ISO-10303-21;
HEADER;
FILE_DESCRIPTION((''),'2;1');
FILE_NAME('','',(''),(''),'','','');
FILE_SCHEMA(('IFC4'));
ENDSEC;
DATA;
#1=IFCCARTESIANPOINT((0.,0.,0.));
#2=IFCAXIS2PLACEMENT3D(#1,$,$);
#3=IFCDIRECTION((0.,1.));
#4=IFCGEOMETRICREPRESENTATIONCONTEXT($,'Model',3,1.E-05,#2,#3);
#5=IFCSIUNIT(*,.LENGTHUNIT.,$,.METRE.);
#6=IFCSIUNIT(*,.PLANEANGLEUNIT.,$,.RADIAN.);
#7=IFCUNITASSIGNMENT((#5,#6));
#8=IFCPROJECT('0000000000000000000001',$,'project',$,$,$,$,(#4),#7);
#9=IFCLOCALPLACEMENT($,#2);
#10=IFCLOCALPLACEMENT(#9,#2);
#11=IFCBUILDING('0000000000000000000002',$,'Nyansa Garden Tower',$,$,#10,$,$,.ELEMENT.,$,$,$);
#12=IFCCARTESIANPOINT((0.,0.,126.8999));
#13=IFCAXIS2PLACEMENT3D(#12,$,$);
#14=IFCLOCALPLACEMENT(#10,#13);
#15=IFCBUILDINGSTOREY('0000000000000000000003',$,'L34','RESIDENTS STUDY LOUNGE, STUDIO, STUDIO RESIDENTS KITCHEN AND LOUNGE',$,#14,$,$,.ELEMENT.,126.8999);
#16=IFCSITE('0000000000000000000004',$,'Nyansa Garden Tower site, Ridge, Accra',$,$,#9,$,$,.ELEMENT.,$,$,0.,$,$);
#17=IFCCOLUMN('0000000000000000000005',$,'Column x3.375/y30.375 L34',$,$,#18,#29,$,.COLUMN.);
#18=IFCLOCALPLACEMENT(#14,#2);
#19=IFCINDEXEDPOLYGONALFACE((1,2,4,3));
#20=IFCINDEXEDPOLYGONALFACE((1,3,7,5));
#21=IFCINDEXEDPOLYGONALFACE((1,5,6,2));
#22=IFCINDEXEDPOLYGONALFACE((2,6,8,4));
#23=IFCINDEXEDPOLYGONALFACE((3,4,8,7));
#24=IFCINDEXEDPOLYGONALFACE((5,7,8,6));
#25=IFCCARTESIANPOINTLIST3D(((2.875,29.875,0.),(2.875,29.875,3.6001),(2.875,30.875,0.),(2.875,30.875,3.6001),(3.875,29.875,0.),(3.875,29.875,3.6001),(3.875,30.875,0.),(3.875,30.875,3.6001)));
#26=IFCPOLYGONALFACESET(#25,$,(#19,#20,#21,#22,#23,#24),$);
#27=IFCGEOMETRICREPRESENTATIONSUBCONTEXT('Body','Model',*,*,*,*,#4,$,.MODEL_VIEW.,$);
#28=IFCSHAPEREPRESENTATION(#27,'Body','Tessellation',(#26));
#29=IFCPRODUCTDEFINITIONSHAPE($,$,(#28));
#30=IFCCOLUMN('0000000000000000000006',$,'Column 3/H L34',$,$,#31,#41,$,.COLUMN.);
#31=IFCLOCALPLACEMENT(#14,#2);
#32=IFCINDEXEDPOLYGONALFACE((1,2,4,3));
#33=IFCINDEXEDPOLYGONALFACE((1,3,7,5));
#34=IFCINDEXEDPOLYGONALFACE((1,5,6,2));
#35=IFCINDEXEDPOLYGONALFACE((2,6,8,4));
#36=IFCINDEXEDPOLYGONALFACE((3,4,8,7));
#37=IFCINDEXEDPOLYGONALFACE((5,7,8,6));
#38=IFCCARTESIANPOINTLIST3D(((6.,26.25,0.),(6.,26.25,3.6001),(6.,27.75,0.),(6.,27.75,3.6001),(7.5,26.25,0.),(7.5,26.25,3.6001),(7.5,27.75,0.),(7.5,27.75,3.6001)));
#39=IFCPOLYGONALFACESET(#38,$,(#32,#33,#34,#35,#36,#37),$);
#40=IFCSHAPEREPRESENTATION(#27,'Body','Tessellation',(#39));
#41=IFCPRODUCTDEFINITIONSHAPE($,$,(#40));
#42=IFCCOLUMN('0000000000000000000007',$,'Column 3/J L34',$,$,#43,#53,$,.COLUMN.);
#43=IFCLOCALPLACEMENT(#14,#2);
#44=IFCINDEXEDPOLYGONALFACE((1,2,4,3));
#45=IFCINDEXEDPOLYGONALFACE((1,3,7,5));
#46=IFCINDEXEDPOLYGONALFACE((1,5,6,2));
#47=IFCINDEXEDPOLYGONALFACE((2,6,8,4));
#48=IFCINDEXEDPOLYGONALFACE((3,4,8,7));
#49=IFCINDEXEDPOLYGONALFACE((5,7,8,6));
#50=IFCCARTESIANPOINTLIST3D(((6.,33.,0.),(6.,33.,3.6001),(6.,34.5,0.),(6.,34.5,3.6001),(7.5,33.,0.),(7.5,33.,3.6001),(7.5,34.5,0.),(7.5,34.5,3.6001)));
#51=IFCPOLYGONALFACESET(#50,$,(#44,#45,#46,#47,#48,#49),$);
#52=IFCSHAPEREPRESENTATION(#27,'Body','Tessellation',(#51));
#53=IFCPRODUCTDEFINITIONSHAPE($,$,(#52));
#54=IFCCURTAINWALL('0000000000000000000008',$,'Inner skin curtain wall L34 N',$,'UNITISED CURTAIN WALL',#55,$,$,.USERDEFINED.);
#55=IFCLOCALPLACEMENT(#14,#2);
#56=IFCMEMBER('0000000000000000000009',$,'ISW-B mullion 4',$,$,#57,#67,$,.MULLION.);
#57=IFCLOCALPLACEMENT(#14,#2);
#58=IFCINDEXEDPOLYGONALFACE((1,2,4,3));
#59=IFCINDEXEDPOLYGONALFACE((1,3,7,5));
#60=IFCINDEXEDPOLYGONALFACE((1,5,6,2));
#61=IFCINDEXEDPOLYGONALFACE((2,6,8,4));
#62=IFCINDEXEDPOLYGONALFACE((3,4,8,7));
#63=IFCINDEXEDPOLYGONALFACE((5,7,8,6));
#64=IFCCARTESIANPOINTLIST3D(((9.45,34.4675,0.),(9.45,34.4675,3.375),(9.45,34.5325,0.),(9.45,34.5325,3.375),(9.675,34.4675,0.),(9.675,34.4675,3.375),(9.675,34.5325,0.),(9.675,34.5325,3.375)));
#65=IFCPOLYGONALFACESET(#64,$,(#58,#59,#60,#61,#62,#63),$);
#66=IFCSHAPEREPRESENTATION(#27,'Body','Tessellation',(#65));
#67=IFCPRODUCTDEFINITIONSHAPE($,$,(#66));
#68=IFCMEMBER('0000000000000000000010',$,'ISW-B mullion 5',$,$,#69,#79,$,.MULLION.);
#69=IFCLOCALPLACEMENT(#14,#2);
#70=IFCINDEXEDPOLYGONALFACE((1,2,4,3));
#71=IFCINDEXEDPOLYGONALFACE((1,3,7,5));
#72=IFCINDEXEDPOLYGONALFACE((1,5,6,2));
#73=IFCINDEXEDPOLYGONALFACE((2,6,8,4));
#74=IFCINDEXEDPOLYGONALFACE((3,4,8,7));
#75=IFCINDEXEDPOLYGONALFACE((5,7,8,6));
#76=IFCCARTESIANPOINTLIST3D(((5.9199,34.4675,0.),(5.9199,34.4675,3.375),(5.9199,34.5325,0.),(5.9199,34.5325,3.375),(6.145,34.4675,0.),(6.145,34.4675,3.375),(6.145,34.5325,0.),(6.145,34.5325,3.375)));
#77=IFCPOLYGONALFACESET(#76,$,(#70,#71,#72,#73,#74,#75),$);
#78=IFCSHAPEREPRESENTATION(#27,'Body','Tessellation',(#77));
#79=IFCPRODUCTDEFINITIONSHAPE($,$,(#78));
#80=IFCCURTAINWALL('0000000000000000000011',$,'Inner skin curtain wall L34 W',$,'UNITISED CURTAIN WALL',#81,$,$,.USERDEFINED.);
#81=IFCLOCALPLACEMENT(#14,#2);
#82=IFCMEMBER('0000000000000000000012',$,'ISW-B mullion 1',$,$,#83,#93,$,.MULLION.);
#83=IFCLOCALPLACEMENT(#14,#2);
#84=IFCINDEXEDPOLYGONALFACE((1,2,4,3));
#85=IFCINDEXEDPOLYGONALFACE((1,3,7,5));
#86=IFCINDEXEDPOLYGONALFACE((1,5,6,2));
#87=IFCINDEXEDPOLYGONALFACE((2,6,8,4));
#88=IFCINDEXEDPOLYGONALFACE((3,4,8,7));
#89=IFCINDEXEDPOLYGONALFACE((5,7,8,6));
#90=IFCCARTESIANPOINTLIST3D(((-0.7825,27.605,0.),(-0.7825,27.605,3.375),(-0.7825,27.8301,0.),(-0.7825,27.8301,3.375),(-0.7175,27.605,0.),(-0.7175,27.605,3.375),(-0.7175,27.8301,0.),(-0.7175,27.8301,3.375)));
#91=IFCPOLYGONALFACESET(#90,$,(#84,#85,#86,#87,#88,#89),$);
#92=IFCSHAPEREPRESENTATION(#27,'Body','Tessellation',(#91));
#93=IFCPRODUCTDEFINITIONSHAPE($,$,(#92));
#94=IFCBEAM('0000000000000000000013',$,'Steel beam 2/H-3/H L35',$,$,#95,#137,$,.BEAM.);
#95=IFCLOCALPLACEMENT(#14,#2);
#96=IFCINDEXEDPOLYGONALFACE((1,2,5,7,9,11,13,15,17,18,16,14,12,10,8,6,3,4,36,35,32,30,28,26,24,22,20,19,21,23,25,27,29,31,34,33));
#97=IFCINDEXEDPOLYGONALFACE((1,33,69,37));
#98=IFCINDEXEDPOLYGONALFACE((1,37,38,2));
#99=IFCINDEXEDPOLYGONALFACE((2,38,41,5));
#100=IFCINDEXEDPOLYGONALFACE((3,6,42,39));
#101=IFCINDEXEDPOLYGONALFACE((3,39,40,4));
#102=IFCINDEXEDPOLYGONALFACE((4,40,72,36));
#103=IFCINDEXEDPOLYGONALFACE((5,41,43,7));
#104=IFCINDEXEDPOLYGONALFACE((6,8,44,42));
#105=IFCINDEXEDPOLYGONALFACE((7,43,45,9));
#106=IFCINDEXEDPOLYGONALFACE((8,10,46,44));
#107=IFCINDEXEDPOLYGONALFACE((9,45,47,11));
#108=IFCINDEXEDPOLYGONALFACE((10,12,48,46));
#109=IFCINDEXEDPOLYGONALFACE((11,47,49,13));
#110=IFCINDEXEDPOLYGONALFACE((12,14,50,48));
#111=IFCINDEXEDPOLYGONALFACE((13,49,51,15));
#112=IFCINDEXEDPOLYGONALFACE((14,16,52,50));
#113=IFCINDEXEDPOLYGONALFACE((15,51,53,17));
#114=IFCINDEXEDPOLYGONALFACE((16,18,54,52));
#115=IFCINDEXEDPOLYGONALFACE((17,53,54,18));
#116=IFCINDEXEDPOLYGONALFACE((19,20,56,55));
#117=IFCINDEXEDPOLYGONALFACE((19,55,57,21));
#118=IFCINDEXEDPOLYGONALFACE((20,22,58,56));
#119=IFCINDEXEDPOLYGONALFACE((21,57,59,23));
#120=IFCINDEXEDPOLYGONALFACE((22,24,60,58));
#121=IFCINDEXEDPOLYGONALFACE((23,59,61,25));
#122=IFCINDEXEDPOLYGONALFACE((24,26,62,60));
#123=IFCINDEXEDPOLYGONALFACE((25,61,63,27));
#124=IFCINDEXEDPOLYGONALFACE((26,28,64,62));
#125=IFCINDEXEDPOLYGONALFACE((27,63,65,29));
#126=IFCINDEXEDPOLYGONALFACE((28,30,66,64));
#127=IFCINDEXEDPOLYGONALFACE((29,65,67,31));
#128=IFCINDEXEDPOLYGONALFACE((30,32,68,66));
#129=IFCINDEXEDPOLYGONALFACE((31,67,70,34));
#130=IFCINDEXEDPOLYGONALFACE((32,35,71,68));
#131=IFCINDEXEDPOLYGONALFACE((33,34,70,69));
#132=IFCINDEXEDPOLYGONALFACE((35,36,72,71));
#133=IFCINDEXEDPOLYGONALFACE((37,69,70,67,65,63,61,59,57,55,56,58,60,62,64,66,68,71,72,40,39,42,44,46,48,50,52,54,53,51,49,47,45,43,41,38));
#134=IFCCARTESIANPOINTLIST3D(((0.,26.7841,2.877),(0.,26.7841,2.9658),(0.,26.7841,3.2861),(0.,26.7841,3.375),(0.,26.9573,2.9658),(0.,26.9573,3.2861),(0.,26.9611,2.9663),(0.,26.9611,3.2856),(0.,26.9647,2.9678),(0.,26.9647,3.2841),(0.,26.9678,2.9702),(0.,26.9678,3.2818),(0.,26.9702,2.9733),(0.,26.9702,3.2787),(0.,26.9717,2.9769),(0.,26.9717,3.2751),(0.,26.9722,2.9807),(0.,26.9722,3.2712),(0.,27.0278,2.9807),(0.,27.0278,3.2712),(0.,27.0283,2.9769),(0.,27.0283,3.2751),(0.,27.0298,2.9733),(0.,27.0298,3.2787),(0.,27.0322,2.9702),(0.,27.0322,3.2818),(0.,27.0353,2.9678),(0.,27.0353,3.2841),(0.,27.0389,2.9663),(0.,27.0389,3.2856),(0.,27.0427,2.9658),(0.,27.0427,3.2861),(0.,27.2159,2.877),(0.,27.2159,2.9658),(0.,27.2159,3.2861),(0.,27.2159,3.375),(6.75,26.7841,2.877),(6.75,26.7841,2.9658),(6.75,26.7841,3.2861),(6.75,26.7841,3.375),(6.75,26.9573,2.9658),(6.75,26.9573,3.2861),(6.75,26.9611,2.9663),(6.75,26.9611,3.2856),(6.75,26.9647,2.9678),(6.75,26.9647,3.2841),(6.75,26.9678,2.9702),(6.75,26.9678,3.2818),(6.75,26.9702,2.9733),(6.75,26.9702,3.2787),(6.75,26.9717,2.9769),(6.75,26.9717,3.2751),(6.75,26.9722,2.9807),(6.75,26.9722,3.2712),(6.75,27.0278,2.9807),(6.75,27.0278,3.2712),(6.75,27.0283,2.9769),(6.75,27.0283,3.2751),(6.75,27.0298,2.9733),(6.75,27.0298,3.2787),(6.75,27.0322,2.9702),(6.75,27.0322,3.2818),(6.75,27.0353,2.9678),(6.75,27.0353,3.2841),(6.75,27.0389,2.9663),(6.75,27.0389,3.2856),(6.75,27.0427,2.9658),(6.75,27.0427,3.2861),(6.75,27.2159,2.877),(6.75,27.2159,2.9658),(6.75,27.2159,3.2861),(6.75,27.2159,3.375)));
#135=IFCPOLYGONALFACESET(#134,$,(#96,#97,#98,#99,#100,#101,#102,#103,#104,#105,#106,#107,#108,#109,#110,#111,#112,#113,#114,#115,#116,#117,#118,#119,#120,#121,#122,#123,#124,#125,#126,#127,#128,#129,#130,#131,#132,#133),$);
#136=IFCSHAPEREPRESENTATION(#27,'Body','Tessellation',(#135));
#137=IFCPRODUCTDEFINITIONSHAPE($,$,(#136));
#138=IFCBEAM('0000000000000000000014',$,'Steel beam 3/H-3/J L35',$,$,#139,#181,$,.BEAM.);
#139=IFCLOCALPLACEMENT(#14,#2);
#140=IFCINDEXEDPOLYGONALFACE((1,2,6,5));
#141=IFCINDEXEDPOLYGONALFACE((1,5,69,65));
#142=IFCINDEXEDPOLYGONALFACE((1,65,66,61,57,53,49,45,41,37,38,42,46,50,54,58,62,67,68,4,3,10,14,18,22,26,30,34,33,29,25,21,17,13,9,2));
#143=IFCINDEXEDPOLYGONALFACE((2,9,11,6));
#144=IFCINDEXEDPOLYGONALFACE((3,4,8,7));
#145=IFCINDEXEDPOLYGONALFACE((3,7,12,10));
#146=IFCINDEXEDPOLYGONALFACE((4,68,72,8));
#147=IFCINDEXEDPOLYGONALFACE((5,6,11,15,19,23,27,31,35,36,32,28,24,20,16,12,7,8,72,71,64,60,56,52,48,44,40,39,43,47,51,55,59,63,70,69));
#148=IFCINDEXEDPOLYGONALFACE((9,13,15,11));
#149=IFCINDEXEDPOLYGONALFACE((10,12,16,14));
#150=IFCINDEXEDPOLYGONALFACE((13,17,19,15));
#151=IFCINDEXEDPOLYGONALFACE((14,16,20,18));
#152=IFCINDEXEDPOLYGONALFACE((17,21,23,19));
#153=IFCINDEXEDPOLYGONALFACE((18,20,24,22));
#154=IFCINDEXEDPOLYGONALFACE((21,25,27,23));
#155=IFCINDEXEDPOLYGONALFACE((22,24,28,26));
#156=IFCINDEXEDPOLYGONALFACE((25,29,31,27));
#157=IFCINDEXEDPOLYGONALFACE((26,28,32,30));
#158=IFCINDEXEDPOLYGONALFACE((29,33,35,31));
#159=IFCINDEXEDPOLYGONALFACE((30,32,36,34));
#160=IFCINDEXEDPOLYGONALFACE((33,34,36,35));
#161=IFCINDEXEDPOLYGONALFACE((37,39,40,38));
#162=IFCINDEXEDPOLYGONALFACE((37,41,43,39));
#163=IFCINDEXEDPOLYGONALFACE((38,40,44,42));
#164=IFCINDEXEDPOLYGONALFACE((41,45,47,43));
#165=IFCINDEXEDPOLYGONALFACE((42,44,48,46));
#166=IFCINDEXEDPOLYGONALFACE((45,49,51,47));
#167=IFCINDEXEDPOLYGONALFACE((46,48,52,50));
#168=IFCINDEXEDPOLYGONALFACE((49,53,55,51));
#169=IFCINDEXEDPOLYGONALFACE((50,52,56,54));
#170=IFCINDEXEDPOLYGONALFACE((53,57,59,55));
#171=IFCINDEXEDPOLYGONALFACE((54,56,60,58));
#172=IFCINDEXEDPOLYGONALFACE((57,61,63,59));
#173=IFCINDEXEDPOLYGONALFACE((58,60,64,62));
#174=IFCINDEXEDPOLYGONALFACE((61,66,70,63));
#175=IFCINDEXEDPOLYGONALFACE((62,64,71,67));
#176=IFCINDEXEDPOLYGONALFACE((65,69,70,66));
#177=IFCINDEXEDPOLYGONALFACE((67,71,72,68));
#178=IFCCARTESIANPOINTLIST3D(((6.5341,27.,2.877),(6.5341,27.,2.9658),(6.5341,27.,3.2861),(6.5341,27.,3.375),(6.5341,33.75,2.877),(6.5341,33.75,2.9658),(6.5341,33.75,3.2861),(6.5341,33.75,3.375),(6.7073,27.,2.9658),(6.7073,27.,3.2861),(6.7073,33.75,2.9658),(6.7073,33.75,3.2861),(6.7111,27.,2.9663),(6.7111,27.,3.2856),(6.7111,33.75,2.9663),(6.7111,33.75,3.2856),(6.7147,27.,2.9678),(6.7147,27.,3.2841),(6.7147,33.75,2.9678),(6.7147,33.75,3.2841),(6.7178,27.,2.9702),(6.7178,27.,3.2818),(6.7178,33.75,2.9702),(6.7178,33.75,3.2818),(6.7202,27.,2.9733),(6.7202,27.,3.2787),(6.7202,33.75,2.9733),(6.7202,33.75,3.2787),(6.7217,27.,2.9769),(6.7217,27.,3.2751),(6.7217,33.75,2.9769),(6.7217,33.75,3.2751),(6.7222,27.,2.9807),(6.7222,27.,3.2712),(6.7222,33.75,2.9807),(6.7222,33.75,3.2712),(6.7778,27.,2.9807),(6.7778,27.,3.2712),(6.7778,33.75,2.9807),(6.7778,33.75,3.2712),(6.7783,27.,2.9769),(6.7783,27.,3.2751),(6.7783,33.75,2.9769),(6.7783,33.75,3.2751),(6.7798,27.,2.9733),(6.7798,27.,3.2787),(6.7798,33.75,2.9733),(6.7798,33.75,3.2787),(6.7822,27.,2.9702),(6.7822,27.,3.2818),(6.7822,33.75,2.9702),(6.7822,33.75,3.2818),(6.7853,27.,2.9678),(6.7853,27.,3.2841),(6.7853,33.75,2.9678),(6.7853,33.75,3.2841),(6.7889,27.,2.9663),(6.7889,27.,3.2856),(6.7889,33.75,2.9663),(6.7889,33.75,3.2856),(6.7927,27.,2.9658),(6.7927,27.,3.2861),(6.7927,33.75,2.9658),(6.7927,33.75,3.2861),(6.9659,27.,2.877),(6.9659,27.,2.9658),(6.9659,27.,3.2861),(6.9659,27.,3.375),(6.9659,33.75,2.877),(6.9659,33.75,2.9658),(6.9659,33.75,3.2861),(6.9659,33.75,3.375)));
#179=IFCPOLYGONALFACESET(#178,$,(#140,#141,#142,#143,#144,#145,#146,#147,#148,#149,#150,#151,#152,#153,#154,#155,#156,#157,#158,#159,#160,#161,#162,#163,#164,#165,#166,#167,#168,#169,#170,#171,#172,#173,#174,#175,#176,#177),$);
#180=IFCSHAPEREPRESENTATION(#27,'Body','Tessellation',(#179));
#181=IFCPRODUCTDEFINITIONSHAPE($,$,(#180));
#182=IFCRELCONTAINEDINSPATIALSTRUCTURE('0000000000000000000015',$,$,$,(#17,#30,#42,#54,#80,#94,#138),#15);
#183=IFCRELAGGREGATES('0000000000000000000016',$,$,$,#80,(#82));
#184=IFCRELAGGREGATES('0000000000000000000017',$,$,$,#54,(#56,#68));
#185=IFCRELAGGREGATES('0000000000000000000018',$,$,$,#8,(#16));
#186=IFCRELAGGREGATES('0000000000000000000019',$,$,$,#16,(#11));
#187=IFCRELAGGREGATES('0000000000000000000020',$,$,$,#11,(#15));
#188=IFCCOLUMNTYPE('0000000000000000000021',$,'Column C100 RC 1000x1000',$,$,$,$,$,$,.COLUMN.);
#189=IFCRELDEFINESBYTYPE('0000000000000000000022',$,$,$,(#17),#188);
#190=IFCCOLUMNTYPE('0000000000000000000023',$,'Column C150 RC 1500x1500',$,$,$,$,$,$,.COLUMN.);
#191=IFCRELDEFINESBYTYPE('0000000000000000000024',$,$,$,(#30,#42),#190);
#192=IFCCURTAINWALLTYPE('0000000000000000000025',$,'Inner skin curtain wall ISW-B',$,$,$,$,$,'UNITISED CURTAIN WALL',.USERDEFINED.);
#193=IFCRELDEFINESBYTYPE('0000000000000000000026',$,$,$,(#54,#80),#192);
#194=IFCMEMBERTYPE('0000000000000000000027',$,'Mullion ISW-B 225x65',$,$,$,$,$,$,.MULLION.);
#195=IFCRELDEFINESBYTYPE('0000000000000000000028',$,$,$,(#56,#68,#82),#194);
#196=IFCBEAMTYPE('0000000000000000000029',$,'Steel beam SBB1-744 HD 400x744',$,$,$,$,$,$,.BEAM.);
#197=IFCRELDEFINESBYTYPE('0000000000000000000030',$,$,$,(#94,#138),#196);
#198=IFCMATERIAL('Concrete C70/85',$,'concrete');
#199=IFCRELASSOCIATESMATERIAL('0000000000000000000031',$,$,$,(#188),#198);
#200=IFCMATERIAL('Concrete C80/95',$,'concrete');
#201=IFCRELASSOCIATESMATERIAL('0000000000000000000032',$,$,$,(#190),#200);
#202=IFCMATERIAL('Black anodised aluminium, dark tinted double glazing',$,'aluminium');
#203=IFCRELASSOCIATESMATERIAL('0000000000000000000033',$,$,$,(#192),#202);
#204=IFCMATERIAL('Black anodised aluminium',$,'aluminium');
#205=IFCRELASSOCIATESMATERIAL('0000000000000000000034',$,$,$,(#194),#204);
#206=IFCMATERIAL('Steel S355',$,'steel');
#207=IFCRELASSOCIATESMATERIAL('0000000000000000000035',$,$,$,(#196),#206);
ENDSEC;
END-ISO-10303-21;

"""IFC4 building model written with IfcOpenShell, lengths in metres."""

from ifc_helpers import new_model, si_unit, direction, frame, origin, origin_2d, place, context, subcontext, project, spatial, rectangle, i_section, extrude, material, material_profile, profile_set, type_object, element, aggregate, save


model = new_model("IFC4")

# Units and contexts
model_context = context("Model", 3, precision=1e-05, world=origin(), true_north=direction((0.0, 1.0)))
body_context = subcontext(model_context, "Body", "Model", "MODEL_VIEW")
ifc_project = project(units=[si_unit("LENGTHUNIT", "METRE"), si_unit("PLANEANGLEUNIT", "RADIAN")], contexts=[model_context])

# Site, building, storey
site_placement = place(None, origin())
site = spatial("IfcSite", under=ifc_project, at=site_placement, Name="Nyansa Garden Tower site, Ridge, Accra", CompositionType="ELEMENT", RefElevation=0.0)
building_placement = place(site_placement, origin())
building = spatial("IfcBuilding", under=site, at=building_placement, Name="Nyansa Garden Tower", CompositionType="ELEMENT")
storey_placement = place(building_placement, frame((0.0, 0.0, 126.8999)))
storey = spatial("IfcBuildingStorey", under=building, at=storey_placement, Name="L34", Description="RESIDENTS STUDY LOUNGE, STUDIO, STUDIO RESIDENTS KITCHEN AND LOUNGE", CompositionType="ELEMENT", Elevation=126.8999)

# Columns
ifc_material_1 = material(Name="Concrete C70/85", Category="concrete")
ifc_material_profile_1 = material_profile(ifc_material_1, rectangle(XDim=1.0, YDim=1.0, at=origin_2d()), Name="RC 1000x1000")
ifc_profile_set_1 = profile_set([ifc_material_profile_1], Name="Concrete C70/85")
column_type_1 = type_object("IfcColumnType", Name="Column C100 RC 1000x1000", PredefinedType="COLUMN", material=ifc_profile_set_1)
column_placement = place(storey_placement, frame((3.375, 30.375, 0.0), z_axis=(0.0, 0.0, 1.0), x_axis=(1.0, 0.0, 0.0)))
element("IfcColumn", 1, at=column_placement, inside=storey, type_object=column_type_1, Name="Column x3.375/y30.375 L34", PredefinedType="COLUMN", context=body_context, shape_type="SweptSolid", body=[
    extrude(rectangle(XDim=1.0, YDim=1.0, at=origin_2d()), origin(), (0.0, 0.0, 1.0), 3.6001),
])
ifc_material_2 = material(Name="Concrete C80/95", Category="concrete")
ifc_material_profile_2 = material_profile(ifc_material_2, rectangle(XDim=1.5, YDim=1.5, at=origin_2d()), Name="RC 1500x1500")
ifc_profile_set_2 = profile_set([ifc_material_profile_2], Name="Concrete C80/95")
column_type_2 = type_object("IfcColumnType", Name="Column C150 RC 1500x1500", PredefinedType="COLUMN", material=ifc_profile_set_2)
for number, where, z_axis, x_axis, name in (
    (2, (6.75, 27.0, 0.0), (0.0, 0.0, 1.0), (1.0, 0.0, 0.0), "Column 3/H L34"),
    (3, (6.75, 33.75, 0.0), (0.0, 0.0, 1.0), (1.0, 0.0, 0.0), "Column 3/J L34"),
):
    element("IfcColumn", number, at=place(storey_placement, frame(where, z_axis=z_axis, x_axis=x_axis)), inside=storey, type_object=column_type_2, Name=name, PredefinedType="COLUMN", context=body_context, shape_type="SweptSolid", body=[
        extrude(rectangle(XDim=1.5, YDim=1.5, at=origin_2d()), origin(), (0.0, 0.0, 1.0), 3.6001),
    ])

# Curtain wall, members
ifc_material_3 = material(Name="Black anodised aluminium, dark tinted double glazing", Category="aluminium")
curtain_wall_type = type_object("IfcCurtainWallType", Name="Inner skin curtain wall ISW-B", ElementType="UNITISED CURTAIN WALL", PredefinedType="USERDEFINED", material=ifc_material_3)
curtain_wall_1_placement = place(storey_placement, origin())
curtain_wall_1 = element("IfcCurtainWall", 4, at=curtain_wall_1_placement, inside=storey, type_object=curtain_wall_type, Name="Inner skin curtain wall L34 N", ObjectType="UNITISED CURTAIN WALL", PredefinedType="USERDEFINED")
ifc_material_4 = material(Name="Black anodised aluminium", Category="aluminium")
ifc_material_profile_3 = material_profile(ifc_material_4, rectangle(XDim=0.0649, YDim=0.2251, at=origin_2d()), Name="Mullion 225x65")
ifc_profile_set_3 = profile_set([ifc_material_profile_3], Name="Black anodised aluminium")
member_type_1 = type_object("IfcMemberType", Name="Mullion ISW-B 225x65", PredefinedType="MULLION", material=ifc_profile_set_3)
member_1_placement = place(storey_placement, frame((9.5625, 34.5, 0.0), z_axis=(0.0, 0.0, 1.0), x_axis=(0.0, -1.0, 0.0)))
member_1 = element("IfcMember", 5, at=member_1_placement, type_object=member_type_1, Name="ISW-B mullion 4", PredefinedType="MULLION", context=body_context, shape_type="SweptSolid", body=[
    extrude(rectangle(XDim=0.0649, YDim=0.2251, at=origin_2d()), origin(), (0.0, 0.0, 1.0), 3.375),
])
member_2_placement = place(storey_placement, frame((6.0325, 34.5, 0.0), z_axis=(0.0, 0.0, 1.0), x_axis=(0.0, -1.0, 0.0)))
member_2 = element("IfcMember", 6, at=member_2_placement, type_object=member_type_1, Name="ISW-B mullion 5", PredefinedType="MULLION", context=body_context, shape_type="SweptSolid", body=[
    extrude(rectangle(XDim=0.0649, YDim=0.2251, at=origin_2d()), origin(), (0.0, 0.0, 1.0), 3.375),
])

# Curtain wall, member
curtain_wall_2_placement = place(storey_placement, origin())
curtain_wall_2 = element("IfcCurtainWall", 7, at=curtain_wall_2_placement, inside=storey, type_object=curtain_wall_type, Name="Inner skin curtain wall L34 W", ObjectType="UNITISED CURTAIN WALL", PredefinedType="USERDEFINED")
member_3_placement = place(storey_placement, frame((-0.75, 27.7175, 0.0), z_axis=(0.0, 0.0, 1.0), x_axis=(1.0, 0.0, 0.0)))
member_3 = element("IfcMember", 8, at=member_3_placement, type_object=member_type_1, Name="ISW-B mullion 1", PredefinedType="MULLION", context=body_context, shape_type="SweptSolid", body=[
    extrude(rectangle(XDim=0.0649, YDim=0.2251, at=origin_2d()), origin(), (0.0, 0.0, 1.0), 3.375),
])

# Beams
ifc_material_5 = material(Name="Steel S355", Category="steel")
ifc_material_profile_4 = material_profile(ifc_material_5, i_section(OverallWidth=0.4319, OverallDepth=0.498, WebThickness=0.0557, FlangeThickness=0.0889, FilletRadius=0.0149, at=origin_2d()), Name="HD 400x744")
ifc_profile_set_4 = profile_set([ifc_material_profile_4], Name="Steel S355")
beam_type_1 = type_object("IfcBeamType", Name="Steel beam SBB1-744 HD 400x744", PredefinedType="BEAM", material=ifc_profile_set_4)
for number, where, z_axis, x_axis, name in (
    (9, (0.0, 27.0, 3.126), (1.0, 0.0, 0.0), (0.0, 1.0, 0.0), "Steel beam 2/H-3/H L35"),
    (10, (6.75, 27.0, 3.126), (0.0, 1.0, 0.0), (-1.0, 0.0, 0.0), "Steel beam 3/H-3/J L35"),
):
    element("IfcBeam", number, at=place(storey_placement, frame(where, z_axis=z_axis, x_axis=x_axis)), inside=storey, type_object=beam_type_1, Name=name, PredefinedType="BEAM", context=body_context, shape_type="SweptSolid", body=[
        extrude(i_section(OverallWidth=0.4319, OverallDepth=0.498, WebThickness=0.0557, FlangeThickness=0.0889, FilletRadius=0.0149, at=origin_2d()), origin(), (0.0, 0.0, 1.0), 6.75),
    ])

aggregate(curtain_wall_2, [member_3])

aggregate(curtain_wall_1, [member_1, member_2])

save(model, "model.ifc")
